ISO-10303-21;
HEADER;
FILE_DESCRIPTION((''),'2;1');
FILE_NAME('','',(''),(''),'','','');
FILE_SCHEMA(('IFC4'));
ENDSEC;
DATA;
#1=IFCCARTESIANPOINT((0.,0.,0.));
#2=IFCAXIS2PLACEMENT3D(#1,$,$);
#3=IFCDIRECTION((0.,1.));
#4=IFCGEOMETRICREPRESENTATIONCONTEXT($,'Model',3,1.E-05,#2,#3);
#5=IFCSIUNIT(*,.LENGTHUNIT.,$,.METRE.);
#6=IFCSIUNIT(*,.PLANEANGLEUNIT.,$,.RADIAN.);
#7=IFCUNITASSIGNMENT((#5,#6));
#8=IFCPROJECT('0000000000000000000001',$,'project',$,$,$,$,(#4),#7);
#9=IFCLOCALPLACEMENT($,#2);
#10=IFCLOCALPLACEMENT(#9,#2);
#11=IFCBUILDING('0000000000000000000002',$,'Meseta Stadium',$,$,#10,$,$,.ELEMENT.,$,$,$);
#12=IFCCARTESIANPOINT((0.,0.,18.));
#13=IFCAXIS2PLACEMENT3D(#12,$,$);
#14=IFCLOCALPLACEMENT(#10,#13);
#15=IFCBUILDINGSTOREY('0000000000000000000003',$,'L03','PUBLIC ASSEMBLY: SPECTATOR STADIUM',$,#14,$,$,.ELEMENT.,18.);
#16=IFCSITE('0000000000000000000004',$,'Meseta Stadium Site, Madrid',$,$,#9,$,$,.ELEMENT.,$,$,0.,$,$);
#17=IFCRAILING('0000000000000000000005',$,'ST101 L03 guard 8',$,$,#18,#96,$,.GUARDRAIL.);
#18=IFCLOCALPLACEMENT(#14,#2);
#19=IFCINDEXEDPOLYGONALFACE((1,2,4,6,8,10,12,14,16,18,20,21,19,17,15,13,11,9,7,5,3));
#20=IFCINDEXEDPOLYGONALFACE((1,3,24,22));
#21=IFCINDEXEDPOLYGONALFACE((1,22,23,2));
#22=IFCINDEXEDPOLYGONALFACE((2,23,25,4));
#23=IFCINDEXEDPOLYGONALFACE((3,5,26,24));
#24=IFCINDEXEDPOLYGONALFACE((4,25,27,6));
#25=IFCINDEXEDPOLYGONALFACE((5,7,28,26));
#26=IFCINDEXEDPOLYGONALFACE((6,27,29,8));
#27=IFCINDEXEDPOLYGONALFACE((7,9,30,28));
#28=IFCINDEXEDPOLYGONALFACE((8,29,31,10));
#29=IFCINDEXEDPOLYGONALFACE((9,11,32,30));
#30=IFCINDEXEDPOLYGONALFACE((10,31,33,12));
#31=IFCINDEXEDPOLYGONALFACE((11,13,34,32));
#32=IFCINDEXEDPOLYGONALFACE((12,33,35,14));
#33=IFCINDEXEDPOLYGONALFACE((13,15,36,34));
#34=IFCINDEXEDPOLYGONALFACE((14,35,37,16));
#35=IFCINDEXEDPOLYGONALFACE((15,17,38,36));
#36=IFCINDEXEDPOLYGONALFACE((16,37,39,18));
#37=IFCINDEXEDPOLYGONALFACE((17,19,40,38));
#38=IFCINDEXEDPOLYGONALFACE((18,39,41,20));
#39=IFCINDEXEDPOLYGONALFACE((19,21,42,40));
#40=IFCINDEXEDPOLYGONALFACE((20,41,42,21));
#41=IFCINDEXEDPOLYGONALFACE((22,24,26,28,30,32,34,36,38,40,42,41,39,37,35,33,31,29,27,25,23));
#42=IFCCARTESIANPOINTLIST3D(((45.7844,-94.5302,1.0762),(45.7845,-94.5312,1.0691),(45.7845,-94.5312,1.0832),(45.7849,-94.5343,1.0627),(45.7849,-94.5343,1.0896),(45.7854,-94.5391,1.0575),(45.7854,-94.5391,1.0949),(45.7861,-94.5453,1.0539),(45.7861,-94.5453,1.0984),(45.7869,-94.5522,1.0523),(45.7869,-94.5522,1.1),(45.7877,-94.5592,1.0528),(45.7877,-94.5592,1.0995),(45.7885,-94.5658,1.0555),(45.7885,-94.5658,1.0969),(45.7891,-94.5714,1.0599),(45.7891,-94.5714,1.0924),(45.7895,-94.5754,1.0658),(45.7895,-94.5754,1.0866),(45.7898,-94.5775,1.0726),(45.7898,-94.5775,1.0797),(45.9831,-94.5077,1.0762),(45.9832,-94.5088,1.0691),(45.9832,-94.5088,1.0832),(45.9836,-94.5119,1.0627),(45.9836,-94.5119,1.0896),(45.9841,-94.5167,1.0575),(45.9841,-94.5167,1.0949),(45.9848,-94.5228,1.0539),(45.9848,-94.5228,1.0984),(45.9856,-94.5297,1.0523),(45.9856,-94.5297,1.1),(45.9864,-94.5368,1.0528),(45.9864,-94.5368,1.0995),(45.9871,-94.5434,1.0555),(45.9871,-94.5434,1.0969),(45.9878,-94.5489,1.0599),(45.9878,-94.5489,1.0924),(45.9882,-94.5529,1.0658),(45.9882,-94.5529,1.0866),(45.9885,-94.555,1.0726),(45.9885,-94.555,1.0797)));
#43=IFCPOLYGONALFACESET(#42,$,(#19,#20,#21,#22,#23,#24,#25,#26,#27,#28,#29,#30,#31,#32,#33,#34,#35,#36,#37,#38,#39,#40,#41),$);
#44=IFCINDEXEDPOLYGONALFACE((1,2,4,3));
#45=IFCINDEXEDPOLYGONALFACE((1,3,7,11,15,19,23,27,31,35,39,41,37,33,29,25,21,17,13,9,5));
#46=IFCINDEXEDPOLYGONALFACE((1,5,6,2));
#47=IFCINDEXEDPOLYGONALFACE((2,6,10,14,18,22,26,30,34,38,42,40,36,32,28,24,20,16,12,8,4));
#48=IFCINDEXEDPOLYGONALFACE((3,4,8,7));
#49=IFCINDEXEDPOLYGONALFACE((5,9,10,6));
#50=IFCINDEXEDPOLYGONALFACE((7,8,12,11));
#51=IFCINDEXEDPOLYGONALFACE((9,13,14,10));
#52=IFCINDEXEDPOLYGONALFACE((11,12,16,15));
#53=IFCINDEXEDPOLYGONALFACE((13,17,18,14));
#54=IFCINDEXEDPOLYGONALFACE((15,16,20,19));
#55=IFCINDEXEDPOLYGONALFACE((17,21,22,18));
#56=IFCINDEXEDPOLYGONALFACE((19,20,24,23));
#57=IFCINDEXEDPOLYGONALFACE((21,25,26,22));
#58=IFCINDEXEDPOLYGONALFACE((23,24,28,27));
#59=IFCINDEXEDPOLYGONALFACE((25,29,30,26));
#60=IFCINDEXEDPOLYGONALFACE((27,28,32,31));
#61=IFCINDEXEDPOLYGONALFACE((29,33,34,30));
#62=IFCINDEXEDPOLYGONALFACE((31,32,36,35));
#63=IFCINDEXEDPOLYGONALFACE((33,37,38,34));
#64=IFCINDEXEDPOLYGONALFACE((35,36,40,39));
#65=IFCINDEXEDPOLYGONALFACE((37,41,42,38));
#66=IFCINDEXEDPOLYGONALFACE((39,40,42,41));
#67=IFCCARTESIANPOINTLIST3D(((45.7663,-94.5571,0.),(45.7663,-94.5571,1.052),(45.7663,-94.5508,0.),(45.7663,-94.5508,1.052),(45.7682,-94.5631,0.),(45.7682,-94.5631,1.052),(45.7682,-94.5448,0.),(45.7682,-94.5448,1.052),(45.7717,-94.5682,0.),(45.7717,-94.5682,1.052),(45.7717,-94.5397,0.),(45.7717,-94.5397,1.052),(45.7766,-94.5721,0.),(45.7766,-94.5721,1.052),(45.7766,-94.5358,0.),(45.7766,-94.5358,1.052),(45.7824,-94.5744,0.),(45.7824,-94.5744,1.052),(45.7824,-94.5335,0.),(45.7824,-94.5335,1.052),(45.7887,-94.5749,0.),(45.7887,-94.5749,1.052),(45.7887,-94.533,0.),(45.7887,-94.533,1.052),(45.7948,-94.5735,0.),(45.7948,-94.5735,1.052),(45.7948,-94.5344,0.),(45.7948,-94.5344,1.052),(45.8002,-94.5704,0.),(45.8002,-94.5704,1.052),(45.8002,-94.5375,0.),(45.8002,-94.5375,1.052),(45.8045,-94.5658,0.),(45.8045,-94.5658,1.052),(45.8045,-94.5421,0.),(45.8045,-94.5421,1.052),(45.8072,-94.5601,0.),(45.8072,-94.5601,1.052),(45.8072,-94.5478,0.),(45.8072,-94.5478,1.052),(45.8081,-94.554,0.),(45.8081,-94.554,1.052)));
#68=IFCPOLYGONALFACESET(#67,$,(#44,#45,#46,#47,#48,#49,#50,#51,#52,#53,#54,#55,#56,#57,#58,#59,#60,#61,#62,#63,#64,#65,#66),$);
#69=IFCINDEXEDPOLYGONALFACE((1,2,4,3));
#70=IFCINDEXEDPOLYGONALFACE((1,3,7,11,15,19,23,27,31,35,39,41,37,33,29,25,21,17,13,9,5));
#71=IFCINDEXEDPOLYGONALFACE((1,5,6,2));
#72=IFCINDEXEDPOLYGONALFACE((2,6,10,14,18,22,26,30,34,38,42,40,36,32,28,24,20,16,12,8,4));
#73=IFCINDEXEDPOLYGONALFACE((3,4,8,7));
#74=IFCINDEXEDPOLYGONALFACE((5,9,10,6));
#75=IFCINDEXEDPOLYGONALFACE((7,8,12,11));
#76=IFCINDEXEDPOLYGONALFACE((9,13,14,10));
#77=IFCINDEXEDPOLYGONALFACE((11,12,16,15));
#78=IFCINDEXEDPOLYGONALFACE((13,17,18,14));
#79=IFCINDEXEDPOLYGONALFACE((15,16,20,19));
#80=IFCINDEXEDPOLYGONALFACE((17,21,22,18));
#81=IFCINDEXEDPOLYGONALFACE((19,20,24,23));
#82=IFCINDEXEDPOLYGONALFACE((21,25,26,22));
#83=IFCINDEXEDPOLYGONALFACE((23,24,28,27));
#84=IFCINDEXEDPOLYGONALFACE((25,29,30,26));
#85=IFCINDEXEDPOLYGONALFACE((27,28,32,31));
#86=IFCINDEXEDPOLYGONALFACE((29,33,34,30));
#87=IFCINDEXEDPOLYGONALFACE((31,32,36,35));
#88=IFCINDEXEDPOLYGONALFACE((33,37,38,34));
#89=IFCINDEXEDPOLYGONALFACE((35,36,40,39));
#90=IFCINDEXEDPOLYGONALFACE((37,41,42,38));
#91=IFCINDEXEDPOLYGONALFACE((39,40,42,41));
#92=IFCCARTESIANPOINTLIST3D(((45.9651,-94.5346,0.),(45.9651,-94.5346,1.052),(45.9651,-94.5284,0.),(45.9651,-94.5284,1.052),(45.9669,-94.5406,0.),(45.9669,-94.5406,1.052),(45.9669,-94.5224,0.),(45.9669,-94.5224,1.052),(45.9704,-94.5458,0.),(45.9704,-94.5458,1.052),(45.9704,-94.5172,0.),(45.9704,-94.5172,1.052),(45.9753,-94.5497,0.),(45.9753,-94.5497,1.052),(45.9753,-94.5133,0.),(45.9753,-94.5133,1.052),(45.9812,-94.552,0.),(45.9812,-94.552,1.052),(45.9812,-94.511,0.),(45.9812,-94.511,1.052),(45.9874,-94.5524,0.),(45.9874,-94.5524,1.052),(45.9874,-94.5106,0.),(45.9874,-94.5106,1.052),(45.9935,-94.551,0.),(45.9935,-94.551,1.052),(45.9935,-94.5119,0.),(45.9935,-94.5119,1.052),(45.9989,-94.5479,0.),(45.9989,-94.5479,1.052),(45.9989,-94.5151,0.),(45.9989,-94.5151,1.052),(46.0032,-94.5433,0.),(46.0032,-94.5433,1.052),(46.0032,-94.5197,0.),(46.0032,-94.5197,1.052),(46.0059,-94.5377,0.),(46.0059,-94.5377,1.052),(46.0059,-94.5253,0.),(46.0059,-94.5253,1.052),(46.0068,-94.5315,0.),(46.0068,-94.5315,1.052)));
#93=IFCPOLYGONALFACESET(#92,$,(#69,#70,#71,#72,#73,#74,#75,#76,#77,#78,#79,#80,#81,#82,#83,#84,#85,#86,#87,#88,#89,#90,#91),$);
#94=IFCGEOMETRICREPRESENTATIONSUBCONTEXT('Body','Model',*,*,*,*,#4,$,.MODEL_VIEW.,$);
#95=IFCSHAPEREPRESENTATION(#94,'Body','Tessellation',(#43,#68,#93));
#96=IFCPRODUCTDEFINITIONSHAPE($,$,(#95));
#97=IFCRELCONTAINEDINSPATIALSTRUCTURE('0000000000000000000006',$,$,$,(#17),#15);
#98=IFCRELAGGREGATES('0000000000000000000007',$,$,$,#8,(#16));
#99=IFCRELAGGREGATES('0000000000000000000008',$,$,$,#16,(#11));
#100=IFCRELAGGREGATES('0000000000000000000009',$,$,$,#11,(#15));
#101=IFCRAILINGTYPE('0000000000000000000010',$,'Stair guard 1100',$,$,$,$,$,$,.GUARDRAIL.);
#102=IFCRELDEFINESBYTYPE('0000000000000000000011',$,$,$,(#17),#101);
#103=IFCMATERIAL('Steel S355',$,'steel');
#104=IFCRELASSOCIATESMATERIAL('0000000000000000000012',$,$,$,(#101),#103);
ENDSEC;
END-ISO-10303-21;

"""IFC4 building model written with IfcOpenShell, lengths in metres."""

from ifc_helpers import new_model, si_unit, direction, frame, origin, origin_2d, place, context, subcontext, project, spatial, circle, extrude, material, type_object, element, save


model = new_model("IFC4")

# Units and contexts
model_context = context("Model", 3, precision=1e-05, world=origin(), true_north=direction((0.0, 1.0)))
body_context = subcontext(model_context, "Body", "Model", "MODEL_VIEW")
ifc_project = project(units=[si_unit("LENGTHUNIT", "METRE"), si_unit("PLANEANGLEUNIT", "RADIAN")], contexts=[model_context])

# Site, building, storey
site_placement = place(None, origin())
site = spatial("IfcSite", under=ifc_project, at=site_placement, Name="Meseta Stadium Site, Madrid", CompositionType="ELEMENT", RefElevation=0.0)
building_placement = place(site_placement, origin())
building = spatial("IfcBuilding", under=site, at=building_placement, Name="Meseta Stadium", CompositionType="ELEMENT")
storey_placement = place(building_placement, frame((0.0, 0.0, 18.0)))
storey = spatial("IfcBuildingStorey", under=building, at=storey_placement, Name="L03", Description="PUBLIC ASSEMBLY: SPECTATOR STADIUM", CompositionType="ELEMENT", Elevation=18.0)

# Railing
ifc_material_1 = material(Name="Steel S355", Category="steel")
railing_type_1 = type_object("IfcRailingType", Name="Stair guard 1100", PredefinedType="GUARDRAIL", material=ifc_material_1)
railing_1_placement = place(storey_placement, frame((45.7871, -94.554, 0.0)))
element("IfcRailing", 1, at=railing_1_placement, inside=storey, type_object=railing_type_1, Name="ST101 L03 guard 8", PredefinedType="GUARDRAIL", context=body_context, shape_type="SweptSolid", body=[
    extrude(circle(Radius=0.0239, at=origin_2d()), frame((0.0, 0.0, 1.0762), z_axis=(0.993674, 0.112307, 0.0), x_axis=(-0.112307, 0.993674, 0.0)), (0.0, 0.0, 1.0), 0.2),
    extrude(circle(Radius=0.021, at=origin_2d()), origin(), (0.0, 0.0, 1.0), 1.052),
    extrude(circle(Radius=0.021, at=origin_2d()), frame((0.1987, 0.0225, 0.0)), (0.0, 0.0, 1.0), 1.052),
])

save(model, "model.ifc")
